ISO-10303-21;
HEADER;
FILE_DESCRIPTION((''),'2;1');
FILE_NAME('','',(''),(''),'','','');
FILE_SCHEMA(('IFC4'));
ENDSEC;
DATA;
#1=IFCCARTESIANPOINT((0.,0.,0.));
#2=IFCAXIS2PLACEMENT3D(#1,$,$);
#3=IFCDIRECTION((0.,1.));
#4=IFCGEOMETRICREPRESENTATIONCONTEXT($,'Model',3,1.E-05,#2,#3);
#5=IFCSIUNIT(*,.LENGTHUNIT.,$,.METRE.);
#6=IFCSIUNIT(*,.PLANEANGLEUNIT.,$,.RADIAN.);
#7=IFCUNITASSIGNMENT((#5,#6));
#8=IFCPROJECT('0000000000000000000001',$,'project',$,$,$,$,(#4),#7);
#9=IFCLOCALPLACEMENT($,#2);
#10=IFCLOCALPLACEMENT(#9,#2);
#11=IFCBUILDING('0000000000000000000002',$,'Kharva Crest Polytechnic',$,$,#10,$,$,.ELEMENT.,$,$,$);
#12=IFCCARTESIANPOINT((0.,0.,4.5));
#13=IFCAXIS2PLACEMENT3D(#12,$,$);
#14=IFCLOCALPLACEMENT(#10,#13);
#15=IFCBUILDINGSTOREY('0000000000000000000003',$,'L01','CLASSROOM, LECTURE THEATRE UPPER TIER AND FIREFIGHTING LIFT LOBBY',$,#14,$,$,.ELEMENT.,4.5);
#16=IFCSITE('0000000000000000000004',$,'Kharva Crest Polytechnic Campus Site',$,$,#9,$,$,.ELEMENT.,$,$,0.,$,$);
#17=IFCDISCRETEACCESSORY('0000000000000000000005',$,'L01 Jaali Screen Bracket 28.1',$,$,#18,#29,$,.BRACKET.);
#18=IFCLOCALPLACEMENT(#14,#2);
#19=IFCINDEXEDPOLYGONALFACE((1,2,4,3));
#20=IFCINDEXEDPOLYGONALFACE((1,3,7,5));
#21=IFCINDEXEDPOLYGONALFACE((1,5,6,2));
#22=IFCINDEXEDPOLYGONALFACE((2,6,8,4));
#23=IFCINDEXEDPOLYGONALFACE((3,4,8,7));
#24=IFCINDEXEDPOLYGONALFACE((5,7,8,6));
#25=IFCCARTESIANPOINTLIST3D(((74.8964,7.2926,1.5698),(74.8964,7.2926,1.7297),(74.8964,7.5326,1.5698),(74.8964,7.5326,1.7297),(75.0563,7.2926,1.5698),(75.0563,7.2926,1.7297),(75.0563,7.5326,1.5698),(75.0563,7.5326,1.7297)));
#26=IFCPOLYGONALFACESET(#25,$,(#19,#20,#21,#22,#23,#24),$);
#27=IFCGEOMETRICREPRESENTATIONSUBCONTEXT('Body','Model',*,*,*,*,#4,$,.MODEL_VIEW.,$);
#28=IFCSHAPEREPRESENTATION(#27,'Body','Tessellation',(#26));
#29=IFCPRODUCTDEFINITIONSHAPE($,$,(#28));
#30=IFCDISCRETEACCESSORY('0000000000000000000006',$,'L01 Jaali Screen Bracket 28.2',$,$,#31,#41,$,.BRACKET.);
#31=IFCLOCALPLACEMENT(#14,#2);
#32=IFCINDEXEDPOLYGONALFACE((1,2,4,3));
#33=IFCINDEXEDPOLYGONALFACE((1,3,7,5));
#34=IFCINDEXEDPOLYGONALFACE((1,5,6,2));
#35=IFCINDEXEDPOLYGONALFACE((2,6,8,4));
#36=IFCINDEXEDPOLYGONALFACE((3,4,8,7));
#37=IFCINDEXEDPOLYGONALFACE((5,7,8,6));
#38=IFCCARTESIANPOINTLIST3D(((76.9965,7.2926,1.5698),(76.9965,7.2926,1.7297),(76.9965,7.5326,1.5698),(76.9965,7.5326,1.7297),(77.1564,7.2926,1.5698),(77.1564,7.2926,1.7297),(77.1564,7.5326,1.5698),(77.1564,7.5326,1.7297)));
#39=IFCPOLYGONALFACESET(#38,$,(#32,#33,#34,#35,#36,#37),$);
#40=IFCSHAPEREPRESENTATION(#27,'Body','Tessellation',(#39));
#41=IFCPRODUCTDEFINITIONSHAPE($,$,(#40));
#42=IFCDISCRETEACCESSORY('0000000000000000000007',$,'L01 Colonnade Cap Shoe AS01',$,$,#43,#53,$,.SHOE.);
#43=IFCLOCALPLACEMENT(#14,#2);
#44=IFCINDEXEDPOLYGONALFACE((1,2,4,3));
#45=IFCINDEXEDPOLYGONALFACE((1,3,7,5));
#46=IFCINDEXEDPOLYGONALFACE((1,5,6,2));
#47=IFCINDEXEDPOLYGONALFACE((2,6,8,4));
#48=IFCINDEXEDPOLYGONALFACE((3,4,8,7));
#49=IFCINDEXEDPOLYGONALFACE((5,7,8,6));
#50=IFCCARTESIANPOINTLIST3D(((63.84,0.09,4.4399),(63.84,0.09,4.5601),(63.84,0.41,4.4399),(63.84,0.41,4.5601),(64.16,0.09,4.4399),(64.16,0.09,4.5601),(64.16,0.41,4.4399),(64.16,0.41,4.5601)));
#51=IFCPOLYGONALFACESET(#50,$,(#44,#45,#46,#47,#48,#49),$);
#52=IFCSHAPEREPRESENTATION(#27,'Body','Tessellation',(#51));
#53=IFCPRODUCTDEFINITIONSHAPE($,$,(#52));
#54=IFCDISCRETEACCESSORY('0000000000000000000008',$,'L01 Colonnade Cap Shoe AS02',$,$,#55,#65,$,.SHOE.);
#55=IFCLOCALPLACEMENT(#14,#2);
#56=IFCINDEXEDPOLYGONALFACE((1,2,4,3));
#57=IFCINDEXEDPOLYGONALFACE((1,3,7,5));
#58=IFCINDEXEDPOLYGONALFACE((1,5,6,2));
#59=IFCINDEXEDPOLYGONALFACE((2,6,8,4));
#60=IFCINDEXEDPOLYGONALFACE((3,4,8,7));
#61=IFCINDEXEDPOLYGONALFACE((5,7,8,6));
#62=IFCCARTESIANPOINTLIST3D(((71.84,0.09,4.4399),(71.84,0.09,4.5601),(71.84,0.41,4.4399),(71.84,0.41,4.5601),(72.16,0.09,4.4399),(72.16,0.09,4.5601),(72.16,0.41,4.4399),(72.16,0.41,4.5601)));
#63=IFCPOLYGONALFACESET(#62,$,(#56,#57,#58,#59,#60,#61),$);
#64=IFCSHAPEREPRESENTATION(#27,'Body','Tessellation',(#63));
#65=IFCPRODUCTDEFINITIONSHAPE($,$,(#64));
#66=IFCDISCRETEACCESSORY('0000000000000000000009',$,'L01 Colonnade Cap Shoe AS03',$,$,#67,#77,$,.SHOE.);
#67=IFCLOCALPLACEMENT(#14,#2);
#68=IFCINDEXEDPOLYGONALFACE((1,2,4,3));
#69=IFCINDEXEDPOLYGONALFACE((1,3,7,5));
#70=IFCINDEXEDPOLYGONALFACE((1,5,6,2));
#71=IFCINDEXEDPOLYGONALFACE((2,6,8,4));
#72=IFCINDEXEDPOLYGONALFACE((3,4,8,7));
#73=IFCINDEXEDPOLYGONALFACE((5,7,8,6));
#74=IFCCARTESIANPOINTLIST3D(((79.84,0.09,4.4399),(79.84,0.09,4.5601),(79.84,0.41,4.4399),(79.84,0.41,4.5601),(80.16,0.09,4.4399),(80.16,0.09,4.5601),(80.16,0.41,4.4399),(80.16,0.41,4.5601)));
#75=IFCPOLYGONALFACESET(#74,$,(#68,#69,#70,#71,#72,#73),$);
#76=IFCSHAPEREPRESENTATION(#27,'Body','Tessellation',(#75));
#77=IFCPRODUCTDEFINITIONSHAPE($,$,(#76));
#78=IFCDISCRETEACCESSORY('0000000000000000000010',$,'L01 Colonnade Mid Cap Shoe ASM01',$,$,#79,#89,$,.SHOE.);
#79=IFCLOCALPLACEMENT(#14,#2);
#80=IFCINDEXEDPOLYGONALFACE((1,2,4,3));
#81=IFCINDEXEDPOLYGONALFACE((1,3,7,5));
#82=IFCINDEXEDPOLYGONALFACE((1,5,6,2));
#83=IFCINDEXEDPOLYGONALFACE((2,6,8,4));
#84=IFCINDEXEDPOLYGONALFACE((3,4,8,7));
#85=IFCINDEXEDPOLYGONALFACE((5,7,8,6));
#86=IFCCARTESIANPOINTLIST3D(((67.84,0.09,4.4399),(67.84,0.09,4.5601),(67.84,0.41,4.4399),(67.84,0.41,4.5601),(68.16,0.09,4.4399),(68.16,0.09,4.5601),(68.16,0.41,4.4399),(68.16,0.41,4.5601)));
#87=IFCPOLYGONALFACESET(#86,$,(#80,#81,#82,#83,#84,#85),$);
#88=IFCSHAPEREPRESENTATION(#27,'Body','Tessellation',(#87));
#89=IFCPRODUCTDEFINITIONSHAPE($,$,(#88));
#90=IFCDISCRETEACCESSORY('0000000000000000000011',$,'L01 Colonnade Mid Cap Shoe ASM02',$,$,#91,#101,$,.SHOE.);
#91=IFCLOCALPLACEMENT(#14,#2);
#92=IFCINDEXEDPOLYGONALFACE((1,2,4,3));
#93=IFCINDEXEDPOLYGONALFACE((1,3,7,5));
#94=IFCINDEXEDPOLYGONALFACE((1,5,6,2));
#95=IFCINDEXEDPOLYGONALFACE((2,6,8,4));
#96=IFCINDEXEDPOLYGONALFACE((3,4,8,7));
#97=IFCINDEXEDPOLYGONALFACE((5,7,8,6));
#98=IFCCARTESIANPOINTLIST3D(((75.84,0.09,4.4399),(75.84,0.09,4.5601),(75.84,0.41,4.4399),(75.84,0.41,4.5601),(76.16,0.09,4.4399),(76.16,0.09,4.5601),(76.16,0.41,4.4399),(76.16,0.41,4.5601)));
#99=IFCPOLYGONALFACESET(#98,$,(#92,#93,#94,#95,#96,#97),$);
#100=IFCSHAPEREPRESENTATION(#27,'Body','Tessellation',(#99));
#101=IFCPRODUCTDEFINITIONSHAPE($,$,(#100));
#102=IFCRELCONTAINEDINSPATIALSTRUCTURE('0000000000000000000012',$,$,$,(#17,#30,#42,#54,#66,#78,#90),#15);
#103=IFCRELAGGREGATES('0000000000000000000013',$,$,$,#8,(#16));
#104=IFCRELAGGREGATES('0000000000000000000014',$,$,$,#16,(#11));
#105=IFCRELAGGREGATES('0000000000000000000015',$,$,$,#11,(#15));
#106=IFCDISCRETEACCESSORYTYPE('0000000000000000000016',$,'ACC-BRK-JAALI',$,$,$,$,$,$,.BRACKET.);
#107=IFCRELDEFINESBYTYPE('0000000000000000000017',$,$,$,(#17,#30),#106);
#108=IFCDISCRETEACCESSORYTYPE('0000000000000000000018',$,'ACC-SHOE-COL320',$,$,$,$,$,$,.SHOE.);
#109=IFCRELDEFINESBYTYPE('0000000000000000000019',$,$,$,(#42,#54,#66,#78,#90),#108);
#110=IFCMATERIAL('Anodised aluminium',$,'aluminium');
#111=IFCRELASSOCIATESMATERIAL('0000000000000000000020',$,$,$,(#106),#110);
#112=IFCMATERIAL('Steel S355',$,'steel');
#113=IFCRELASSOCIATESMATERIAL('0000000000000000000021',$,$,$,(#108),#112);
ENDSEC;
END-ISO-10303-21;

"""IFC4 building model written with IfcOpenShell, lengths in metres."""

from ifc_helpers import new_model, si_unit, direction, frame, origin, origin_2d, place, context, subcontext, project, spatial, rectangle, extrude, material, type_object, element, save


model = new_model("IFC4")

# Units and contexts
model_context = context("Model", 3, precision=1e-05, world=origin(), true_north=direction((0.0, 1.0)))
body_context = subcontext(model_context, "Body", "Model", "MODEL_VIEW")
ifc_project = project(units=[si_unit("LENGTHUNIT", "METRE"), si_unit("PLANEANGLEUNIT", "RADIAN")], contexts=[model_context])

# Site, building, storey
site_placement = place(None, origin())
site = spatial("IfcSite", under=ifc_project, at=site_placement, Name="Kharva Crest Polytechnic Campus Site", CompositionType="ELEMENT", RefElevation=0.0)
building_placement = place(site_placement, origin())
building = spatial("IfcBuilding", under=site, at=building_placement, Name="Kharva Crest Polytechnic", CompositionType="ELEMENT")
storey_placement = place(building_placement, frame((0.0, 0.0, 4.5)))
storey = spatial("IfcBuildingStorey", under=building, at=storey_placement, Name="L01", Description="CLASSROOM, LECTURE THEATRE UPPER TIER AND FIREFIGHTING LIFT LOBBY", CompositionType="ELEMENT", Elevation=4.5)

# Shared definitions
ifc_material_1 = material(Name="Steel S355", Category="steel")

# Shared definitions
ifc_material_2 = material(Name="Anodised aluminium", Category="aluminium")

# Discrete accessories
discrete_accessory_type_1 = type_object("IfcDiscreteAccessoryType", Name="ACC-BRK-JAALI", PredefinedType="BRACKET", material=ifc_material_2)
for number, where, z_axis, x_axis, name in (
    (1, (74.9763, 7.4126, 1.5698), (0.0, 0.0, 1.0), (1.0, 0.0, 0.0), "L01 Jaali Screen Bracket 28.1"),
    (2, (77.0764, 7.4126, 1.5698), (0.0, 0.0, 1.0), (1.0, 0.0, 0.0), "L01 Jaali Screen Bracket 28.2"),
):
    element("IfcDiscreteAccessory", number, at=place(storey_placement, frame(where, z_axis=z_axis, x_axis=x_axis)), inside=storey, type_object=discrete_accessory_type_1, Name=name, PredefinedType="BRACKET", context=body_context, shape_type="SweptSolid", body=[
        extrude(rectangle(XDim=0.1599, YDim=0.24, at=origin_2d()), origin(), (0.0, 0.0, 1.0), 0.1599),
    ])
discrete_accessory_type_2 = type_object("IfcDiscreteAccessoryType", Name="ACC-SHOE-COL320", PredefinedType="SHOE", material=ifc_material_1)
for number, where, z_axis, x_axis, name in (
    (3, (64.0, 0.25, 4.4399), (0.0, 0.0, 1.0), (1.0, 0.0, 0.0), "L01 Colonnade Cap Shoe AS01"),
    (4, (72.0, 0.25, 4.4399), (0.0, 0.0, 1.0), (1.0, 0.0, 0.0), "L01 Colonnade Cap Shoe AS02"),
    (5, (80.0, 0.25, 4.4399), (0.0, 0.0, 1.0), (1.0, 0.0, 0.0), "L01 Colonnade Cap Shoe AS03"),
    (6, (68.0, 0.25, 4.4399), (0.0, 0.0, 1.0), (1.0, 0.0, 0.0), "L01 Colonnade Mid Cap Shoe ASM01"),
    (7, (76.0, 0.25, 4.4399), (0.0, 0.0, 1.0), (1.0, 0.0, 0.0), "L01 Colonnade Mid Cap Shoe ASM02"),
):
    element("IfcDiscreteAccessory", number, at=place(storey_placement, frame(where, z_axis=z_axis, x_axis=x_axis)), inside=storey, type_object=discrete_accessory_type_2, Name=name, PredefinedType="SHOE", context=body_context, shape_type="SweptSolid", body=[
        extrude(rectangle(XDim=0.3201, YDim=0.3201, at=origin_2d()), origin(), (0.0, 0.0, 1.0), 0.1201),
    ])

save(model, "model.ifc")
